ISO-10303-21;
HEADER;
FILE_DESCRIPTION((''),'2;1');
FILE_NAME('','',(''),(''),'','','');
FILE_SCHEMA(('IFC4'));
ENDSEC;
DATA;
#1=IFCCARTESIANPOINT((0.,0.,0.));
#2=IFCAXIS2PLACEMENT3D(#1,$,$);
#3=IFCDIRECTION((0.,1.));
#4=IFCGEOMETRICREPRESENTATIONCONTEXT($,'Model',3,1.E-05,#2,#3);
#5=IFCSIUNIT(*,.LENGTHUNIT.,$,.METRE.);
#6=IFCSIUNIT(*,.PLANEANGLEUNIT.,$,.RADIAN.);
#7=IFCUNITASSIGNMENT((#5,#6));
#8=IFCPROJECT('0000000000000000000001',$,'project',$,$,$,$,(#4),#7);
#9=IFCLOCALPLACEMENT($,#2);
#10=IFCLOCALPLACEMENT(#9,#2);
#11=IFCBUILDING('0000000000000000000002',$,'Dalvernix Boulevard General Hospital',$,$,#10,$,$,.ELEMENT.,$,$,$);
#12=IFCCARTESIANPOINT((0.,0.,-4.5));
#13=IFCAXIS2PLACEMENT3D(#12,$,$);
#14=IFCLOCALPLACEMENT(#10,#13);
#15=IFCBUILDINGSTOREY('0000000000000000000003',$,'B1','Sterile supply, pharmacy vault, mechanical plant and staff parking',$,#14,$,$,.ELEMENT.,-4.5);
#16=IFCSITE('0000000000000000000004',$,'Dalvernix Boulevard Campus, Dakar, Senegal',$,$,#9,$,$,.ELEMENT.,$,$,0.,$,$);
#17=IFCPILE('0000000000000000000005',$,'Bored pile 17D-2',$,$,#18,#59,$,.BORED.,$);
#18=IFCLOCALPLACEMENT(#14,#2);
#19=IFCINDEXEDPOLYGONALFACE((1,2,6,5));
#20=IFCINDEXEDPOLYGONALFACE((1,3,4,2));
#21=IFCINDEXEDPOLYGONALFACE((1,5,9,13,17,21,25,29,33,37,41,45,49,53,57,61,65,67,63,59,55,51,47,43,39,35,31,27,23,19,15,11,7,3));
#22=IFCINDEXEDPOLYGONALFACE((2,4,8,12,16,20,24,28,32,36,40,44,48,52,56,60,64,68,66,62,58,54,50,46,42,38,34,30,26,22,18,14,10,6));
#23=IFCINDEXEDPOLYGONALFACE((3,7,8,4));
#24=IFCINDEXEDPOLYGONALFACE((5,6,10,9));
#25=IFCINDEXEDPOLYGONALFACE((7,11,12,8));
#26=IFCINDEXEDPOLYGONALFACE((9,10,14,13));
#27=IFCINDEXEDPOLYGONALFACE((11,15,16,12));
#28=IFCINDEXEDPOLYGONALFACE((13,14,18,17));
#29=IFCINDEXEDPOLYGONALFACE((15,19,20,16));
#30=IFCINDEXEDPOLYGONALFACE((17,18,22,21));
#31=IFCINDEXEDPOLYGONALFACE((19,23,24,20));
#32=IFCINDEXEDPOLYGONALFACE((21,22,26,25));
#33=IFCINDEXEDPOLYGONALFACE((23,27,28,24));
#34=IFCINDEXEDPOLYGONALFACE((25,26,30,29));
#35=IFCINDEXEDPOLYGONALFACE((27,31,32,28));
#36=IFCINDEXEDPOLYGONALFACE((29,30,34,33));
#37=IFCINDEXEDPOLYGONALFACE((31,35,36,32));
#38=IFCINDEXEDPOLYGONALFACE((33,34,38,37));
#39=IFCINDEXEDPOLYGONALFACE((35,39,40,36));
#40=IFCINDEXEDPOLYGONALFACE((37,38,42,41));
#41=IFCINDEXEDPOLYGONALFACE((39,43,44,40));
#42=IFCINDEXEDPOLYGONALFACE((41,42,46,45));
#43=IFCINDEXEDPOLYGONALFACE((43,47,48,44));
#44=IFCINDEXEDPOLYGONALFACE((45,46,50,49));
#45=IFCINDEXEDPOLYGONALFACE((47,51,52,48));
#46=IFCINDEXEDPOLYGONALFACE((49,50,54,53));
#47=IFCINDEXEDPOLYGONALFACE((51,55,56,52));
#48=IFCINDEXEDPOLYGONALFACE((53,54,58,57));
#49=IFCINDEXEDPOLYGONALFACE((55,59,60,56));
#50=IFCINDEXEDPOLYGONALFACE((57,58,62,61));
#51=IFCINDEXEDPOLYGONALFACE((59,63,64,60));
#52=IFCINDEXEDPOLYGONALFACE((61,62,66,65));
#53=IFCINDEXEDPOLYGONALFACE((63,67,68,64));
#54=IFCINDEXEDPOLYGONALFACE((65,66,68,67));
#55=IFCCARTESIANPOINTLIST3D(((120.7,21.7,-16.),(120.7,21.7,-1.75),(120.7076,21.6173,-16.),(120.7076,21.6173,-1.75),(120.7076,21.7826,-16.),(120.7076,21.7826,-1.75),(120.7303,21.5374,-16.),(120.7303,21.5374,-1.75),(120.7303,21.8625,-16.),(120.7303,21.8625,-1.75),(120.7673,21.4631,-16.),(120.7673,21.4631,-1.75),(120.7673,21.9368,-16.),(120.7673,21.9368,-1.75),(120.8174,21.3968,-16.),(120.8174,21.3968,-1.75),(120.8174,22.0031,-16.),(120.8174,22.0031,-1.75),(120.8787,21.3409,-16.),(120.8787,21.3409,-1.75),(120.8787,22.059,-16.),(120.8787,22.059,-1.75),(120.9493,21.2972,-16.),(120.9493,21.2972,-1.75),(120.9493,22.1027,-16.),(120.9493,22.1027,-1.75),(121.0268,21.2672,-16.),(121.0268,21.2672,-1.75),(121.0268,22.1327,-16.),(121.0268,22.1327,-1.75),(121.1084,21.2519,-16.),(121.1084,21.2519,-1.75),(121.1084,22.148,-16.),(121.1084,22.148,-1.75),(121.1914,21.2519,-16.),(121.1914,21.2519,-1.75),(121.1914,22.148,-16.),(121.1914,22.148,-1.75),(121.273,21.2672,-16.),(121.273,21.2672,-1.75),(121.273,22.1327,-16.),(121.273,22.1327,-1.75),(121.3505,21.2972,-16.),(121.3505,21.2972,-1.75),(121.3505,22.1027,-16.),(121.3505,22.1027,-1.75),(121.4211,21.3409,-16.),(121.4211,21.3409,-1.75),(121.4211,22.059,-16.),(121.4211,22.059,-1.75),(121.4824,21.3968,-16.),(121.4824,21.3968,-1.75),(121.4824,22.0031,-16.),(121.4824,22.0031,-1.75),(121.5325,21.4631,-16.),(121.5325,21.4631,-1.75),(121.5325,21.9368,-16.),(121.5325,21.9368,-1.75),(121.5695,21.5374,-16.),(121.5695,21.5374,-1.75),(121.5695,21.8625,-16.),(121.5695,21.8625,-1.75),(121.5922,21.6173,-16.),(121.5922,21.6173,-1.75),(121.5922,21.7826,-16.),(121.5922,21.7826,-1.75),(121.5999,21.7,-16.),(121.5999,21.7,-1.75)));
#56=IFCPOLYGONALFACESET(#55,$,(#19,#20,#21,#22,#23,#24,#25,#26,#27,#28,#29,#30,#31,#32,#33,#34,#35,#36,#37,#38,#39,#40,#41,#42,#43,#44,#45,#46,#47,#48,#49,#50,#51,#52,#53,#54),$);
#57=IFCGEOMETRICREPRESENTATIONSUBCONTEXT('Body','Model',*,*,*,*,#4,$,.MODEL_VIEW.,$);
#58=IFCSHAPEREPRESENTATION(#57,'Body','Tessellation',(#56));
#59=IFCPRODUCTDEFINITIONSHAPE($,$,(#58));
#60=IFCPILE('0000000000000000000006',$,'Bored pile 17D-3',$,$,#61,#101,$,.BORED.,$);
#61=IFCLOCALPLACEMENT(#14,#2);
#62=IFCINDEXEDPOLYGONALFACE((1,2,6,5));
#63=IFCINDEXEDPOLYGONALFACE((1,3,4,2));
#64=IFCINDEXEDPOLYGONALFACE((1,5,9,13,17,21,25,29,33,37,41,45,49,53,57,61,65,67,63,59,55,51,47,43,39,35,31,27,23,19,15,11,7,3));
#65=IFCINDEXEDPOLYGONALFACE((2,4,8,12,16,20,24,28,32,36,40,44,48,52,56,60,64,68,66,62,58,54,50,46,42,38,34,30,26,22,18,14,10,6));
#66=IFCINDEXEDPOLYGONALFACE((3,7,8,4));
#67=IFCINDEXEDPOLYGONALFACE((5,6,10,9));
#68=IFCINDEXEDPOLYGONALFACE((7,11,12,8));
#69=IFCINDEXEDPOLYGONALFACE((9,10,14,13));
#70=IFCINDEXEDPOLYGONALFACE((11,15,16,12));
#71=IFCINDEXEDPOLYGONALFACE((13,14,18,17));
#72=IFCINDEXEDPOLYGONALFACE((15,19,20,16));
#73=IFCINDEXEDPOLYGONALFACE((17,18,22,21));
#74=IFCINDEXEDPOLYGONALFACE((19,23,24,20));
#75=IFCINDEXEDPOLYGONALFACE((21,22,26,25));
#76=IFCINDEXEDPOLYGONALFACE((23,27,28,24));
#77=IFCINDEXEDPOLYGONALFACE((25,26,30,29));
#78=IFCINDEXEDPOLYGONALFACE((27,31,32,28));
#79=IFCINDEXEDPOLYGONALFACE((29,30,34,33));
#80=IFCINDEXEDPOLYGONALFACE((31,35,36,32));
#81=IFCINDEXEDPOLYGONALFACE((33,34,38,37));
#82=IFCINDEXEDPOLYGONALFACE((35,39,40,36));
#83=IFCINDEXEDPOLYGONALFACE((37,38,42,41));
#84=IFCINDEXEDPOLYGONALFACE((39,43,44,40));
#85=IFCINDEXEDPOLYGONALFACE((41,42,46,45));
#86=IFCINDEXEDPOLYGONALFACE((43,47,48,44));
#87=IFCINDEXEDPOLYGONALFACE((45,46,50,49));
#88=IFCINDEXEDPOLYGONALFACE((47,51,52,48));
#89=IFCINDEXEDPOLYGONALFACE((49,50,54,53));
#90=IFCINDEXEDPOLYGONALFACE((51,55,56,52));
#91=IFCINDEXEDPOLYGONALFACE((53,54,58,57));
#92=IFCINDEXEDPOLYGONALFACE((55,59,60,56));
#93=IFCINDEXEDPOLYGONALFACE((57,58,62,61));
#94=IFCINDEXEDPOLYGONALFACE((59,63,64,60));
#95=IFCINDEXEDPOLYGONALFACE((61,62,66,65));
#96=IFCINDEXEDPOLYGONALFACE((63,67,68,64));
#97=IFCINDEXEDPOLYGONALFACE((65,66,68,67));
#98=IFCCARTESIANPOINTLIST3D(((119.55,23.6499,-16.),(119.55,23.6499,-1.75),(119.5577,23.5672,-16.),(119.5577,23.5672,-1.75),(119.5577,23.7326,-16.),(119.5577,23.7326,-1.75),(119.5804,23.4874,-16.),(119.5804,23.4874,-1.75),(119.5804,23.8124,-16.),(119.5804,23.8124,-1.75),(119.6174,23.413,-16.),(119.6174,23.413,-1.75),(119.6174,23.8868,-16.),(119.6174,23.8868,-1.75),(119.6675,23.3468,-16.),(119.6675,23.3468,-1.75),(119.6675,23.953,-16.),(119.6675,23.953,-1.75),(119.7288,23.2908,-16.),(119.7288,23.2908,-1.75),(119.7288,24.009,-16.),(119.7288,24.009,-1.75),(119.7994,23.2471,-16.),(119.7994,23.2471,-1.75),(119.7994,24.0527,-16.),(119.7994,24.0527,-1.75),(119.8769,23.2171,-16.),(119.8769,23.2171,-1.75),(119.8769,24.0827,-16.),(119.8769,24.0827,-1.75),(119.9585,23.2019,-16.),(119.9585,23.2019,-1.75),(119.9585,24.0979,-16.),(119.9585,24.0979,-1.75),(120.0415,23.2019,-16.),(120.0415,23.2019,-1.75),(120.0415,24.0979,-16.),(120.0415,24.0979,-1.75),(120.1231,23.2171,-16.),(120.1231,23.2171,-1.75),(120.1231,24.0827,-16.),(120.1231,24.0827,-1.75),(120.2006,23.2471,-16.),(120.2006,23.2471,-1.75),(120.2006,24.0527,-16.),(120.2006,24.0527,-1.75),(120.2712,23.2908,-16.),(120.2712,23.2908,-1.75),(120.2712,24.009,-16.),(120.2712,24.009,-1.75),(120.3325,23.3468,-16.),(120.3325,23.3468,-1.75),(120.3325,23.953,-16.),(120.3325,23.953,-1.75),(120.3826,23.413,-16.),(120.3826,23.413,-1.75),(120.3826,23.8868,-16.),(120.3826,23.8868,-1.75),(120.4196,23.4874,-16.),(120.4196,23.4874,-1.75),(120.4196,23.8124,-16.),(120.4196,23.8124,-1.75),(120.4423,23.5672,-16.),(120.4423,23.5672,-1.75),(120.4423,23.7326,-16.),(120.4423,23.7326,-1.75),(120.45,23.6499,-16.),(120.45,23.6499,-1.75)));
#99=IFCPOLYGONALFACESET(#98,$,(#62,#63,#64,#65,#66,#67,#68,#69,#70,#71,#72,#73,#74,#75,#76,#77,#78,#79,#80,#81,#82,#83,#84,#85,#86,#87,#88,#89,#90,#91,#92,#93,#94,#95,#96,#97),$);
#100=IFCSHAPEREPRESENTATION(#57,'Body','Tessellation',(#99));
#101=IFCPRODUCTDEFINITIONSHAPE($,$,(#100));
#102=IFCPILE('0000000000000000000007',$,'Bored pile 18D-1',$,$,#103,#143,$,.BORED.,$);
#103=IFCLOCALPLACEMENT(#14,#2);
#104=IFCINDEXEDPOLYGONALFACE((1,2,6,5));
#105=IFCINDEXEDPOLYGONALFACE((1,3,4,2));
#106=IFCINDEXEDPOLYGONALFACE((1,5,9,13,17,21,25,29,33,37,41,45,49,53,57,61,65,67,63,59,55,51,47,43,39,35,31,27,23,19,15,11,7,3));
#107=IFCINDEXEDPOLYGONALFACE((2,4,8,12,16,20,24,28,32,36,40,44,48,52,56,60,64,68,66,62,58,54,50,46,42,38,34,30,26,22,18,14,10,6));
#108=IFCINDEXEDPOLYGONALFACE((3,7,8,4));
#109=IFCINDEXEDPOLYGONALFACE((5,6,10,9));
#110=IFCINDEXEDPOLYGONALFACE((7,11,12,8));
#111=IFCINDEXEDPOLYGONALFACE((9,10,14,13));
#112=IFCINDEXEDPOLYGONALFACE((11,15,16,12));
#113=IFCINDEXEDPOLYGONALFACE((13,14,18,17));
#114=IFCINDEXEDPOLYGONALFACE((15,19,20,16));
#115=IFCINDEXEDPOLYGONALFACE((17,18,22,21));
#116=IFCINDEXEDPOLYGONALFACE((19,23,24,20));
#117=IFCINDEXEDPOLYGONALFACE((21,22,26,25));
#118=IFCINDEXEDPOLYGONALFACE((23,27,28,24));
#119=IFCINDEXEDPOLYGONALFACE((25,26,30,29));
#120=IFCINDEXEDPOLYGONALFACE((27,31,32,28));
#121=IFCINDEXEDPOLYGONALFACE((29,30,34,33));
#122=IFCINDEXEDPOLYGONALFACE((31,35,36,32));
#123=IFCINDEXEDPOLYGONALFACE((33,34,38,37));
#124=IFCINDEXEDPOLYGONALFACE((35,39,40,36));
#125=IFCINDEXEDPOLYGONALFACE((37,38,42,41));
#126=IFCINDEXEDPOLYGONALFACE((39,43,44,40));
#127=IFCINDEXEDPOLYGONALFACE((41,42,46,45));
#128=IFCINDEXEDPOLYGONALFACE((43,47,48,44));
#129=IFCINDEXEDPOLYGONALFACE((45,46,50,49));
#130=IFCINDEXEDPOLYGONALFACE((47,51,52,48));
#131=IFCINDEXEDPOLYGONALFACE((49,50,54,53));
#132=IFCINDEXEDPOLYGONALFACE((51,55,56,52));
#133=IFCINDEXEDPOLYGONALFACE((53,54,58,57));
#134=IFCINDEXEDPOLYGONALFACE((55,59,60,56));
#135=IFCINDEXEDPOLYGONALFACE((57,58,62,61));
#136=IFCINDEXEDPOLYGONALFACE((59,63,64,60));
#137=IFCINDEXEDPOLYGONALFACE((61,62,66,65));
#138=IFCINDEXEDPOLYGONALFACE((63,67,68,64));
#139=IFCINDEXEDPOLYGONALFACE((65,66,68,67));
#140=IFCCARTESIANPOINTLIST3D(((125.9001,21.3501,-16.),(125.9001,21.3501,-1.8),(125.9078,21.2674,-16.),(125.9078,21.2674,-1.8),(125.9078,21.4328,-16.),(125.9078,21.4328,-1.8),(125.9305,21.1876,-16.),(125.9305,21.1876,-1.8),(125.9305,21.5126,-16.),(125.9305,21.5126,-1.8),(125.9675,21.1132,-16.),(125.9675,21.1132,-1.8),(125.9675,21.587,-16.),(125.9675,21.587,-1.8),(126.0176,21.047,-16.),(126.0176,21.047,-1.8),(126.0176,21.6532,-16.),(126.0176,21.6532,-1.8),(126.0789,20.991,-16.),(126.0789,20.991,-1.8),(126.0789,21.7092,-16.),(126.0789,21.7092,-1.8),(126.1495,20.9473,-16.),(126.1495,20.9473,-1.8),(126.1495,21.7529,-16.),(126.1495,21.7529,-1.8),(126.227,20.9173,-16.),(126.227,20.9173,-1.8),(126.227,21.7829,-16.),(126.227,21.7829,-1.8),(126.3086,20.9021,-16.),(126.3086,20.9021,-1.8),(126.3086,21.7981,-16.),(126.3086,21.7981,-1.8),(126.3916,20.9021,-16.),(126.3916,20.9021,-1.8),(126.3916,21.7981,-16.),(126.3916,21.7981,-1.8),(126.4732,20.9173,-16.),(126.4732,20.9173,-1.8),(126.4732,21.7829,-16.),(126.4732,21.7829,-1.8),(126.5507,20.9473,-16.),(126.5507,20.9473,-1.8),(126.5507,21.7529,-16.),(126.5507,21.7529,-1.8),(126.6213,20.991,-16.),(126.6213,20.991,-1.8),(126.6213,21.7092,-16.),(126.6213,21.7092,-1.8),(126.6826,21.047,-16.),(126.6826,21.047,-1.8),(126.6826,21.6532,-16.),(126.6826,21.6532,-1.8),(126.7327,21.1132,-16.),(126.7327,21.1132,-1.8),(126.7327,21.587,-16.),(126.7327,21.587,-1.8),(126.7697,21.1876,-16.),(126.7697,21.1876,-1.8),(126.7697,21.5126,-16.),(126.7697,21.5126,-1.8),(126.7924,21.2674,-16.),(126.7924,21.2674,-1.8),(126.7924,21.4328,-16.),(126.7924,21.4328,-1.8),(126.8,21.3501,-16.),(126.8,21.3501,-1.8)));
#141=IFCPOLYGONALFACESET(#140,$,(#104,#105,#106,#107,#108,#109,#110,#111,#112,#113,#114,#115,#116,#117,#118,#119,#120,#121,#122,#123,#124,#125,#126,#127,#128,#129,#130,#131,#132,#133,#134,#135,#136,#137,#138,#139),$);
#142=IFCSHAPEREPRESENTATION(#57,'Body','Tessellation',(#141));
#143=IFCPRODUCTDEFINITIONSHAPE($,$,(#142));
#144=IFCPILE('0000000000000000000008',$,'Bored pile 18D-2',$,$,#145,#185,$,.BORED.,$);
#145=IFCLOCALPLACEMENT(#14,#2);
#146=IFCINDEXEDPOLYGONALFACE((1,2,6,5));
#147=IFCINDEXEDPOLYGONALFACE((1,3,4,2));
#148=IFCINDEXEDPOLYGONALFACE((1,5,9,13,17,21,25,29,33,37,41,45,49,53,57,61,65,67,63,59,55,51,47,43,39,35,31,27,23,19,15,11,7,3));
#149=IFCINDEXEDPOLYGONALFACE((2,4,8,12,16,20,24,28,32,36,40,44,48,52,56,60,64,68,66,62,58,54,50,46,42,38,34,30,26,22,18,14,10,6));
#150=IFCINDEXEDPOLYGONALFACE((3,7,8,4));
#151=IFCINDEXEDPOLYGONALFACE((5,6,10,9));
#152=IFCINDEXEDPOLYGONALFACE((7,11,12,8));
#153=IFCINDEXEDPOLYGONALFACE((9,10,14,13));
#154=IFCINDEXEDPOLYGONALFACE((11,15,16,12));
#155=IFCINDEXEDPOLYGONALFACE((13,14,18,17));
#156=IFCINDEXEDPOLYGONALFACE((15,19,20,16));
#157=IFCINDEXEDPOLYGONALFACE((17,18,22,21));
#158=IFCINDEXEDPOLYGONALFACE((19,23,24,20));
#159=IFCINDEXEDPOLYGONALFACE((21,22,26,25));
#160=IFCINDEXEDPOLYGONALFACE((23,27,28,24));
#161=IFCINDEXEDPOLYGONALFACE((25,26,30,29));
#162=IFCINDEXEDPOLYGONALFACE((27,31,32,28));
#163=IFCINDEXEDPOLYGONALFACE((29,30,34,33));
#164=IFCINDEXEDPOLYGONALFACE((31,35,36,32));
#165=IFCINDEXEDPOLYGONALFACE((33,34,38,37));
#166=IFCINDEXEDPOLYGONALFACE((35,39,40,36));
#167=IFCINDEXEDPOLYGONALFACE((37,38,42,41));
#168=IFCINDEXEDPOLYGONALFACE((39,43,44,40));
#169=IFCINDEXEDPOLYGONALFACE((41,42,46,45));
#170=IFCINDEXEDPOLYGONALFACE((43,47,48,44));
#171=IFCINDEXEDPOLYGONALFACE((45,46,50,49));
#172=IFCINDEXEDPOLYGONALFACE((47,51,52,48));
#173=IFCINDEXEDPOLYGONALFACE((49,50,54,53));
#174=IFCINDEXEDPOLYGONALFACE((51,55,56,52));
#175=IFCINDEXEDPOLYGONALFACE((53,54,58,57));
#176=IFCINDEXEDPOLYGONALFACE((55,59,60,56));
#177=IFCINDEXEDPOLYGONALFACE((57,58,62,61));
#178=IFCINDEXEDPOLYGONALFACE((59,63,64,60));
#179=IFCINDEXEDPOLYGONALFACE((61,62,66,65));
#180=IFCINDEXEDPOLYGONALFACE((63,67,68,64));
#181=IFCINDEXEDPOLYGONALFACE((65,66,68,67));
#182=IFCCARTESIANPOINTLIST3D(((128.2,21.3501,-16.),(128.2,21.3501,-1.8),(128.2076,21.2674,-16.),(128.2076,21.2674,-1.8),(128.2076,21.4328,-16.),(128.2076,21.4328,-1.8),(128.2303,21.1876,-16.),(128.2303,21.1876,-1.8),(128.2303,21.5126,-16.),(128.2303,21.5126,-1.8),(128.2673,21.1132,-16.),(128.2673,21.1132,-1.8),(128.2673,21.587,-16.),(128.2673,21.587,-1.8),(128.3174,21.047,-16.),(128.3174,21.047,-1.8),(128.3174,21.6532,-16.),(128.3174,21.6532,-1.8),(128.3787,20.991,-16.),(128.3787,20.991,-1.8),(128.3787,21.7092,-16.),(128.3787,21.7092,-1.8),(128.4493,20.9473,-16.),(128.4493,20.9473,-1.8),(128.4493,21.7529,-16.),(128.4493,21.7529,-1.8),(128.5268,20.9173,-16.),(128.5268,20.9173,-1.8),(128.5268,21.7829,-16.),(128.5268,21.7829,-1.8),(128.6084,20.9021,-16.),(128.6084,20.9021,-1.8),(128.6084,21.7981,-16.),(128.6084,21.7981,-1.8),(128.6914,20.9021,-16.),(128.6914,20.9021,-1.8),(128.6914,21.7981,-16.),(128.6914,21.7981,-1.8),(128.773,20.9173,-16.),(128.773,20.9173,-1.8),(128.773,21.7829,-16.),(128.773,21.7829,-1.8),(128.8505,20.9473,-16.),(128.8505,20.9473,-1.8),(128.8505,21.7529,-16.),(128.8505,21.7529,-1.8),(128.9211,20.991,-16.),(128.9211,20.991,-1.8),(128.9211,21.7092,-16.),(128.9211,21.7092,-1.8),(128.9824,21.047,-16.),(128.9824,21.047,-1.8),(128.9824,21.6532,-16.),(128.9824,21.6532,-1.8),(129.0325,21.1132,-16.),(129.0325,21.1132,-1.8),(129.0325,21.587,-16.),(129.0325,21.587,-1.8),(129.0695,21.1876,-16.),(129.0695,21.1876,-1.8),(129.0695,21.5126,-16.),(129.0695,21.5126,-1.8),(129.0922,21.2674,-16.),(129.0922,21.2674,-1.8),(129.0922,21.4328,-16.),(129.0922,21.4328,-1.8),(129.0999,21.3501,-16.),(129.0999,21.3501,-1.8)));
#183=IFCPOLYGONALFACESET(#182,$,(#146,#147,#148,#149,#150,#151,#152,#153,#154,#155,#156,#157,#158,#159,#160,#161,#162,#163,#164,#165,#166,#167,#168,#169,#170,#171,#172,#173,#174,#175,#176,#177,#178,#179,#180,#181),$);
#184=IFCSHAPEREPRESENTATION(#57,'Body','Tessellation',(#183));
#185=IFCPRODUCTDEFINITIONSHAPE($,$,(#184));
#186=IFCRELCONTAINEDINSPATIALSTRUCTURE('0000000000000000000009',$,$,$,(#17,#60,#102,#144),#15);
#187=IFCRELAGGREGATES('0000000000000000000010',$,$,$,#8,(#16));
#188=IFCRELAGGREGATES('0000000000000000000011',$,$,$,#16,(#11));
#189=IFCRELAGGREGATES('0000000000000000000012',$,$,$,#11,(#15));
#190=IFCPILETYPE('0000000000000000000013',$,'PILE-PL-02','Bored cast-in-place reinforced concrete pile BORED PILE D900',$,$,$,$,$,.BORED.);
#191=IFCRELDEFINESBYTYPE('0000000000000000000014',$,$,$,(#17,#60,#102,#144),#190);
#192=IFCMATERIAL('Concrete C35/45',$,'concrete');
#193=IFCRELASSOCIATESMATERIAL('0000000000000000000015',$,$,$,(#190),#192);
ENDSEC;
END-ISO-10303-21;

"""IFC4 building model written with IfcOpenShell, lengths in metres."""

from ifc_helpers import new_model, si_unit, direction, frame, origin, origin_2d, place, context, subcontext, project, spatial, circle, extrude, material, material_profile, profile_set, type_object, element, save


model = new_model("IFC4")

# Units and contexts
model_context = context("Model", 3, precision=1e-05, world=origin(), true_north=direction((0.0, 1.0)))
body_context = subcontext(model_context, "Body", "Model", "MODEL_VIEW")
ifc_project = project(units=[si_unit("LENGTHUNIT", "METRE"), si_unit("PLANEANGLEUNIT", "RADIAN")], contexts=[model_context])

# Site, building, storey
site_placement = place(None, origin())
site = spatial("IfcSite", under=ifc_project, at=site_placement, Name="Dalvernix Boulevard Campus, Dakar, Senegal", CompositionType="ELEMENT", RefElevation=0.0)
building_placement = place(site_placement, origin())
building = spatial("IfcBuilding", under=site, at=building_placement, Name="Dalvernix Boulevard General Hospital", CompositionType="ELEMENT")
storey_placement = place(building_placement, frame((0.0, 0.0, -4.5)))
storey = spatial("IfcBuildingStorey", under=building, at=storey_placement, Name="B1", Description="Sterile supply, pharmacy vault, mechanical plant and staff parking", CompositionType="ELEMENT", Elevation=-4.5)

# Shared definitions
ifc_material_1 = material(Name="Concrete C35/45", Category="concrete")

# Piles
ifc_material_profile_1 = material_profile(ifc_material_1, circle(Radius=0.45, at=origin_2d()), Name="BORED PILE D900")
ifc_profile_set_1 = profile_set([ifc_material_profile_1], Name="Concrete C35/45")
pile_type_1 = type_object("IfcPileType", Name="PILE-PL-02", Description="Bored cast-in-place reinforced concrete pile BORED PILE D900", PredefinedType="BORED", material=ifc_profile_set_1)
for number, where, z_axis, x_axis, name in (
    (1, (121.1499, 21.7, -1.75), (0.0, 0.0, -1.0), (1.0, 0.0, 0.0), "Bored pile 17D-2"),
    (2, (120.0, 23.6499, -1.75), (0.0, 0.0, -1.0), (1.0, 0.0, 0.0), "Bored pile 17D-3"),
):
    element("IfcPile", number, at=place(storey_placement, frame(where, z_axis=z_axis, x_axis=x_axis)), inside=storey, type_object=pile_type_1, Name=name, PredefinedType="BORED", context=body_context, shape_type="SweptSolid", body=[
        extrude(circle(Radius=0.45, at=origin_2d()), origin(), (0.0, 0.0, 1.0), 14.25),
    ])
for number, where, z_axis, x_axis, name in (
    (3, (126.3501, 21.3501, -1.8), (0.0, 0.0, -1.0), (1.0, 0.0, 0.0), "Bored pile 18D-1"),
    (4, (128.6499, 21.3501, -1.8), (0.0, 0.0, -1.0), (1.0, 0.0, 0.0), "Bored pile 18D-2"),
):
    element("IfcPile", number, at=place(storey_placement, frame(where, z_axis=z_axis, x_axis=x_axis)), inside=storey, type_object=pile_type_1, Name=name, PredefinedType="BORED", context=body_context, shape_type="SweptSolid", body=[
        extrude(circle(Radius=0.45, at=origin_2d()), origin(), (0.0, 0.0, 1.0), 14.2),
    ])

save(model, "model.ifc")
